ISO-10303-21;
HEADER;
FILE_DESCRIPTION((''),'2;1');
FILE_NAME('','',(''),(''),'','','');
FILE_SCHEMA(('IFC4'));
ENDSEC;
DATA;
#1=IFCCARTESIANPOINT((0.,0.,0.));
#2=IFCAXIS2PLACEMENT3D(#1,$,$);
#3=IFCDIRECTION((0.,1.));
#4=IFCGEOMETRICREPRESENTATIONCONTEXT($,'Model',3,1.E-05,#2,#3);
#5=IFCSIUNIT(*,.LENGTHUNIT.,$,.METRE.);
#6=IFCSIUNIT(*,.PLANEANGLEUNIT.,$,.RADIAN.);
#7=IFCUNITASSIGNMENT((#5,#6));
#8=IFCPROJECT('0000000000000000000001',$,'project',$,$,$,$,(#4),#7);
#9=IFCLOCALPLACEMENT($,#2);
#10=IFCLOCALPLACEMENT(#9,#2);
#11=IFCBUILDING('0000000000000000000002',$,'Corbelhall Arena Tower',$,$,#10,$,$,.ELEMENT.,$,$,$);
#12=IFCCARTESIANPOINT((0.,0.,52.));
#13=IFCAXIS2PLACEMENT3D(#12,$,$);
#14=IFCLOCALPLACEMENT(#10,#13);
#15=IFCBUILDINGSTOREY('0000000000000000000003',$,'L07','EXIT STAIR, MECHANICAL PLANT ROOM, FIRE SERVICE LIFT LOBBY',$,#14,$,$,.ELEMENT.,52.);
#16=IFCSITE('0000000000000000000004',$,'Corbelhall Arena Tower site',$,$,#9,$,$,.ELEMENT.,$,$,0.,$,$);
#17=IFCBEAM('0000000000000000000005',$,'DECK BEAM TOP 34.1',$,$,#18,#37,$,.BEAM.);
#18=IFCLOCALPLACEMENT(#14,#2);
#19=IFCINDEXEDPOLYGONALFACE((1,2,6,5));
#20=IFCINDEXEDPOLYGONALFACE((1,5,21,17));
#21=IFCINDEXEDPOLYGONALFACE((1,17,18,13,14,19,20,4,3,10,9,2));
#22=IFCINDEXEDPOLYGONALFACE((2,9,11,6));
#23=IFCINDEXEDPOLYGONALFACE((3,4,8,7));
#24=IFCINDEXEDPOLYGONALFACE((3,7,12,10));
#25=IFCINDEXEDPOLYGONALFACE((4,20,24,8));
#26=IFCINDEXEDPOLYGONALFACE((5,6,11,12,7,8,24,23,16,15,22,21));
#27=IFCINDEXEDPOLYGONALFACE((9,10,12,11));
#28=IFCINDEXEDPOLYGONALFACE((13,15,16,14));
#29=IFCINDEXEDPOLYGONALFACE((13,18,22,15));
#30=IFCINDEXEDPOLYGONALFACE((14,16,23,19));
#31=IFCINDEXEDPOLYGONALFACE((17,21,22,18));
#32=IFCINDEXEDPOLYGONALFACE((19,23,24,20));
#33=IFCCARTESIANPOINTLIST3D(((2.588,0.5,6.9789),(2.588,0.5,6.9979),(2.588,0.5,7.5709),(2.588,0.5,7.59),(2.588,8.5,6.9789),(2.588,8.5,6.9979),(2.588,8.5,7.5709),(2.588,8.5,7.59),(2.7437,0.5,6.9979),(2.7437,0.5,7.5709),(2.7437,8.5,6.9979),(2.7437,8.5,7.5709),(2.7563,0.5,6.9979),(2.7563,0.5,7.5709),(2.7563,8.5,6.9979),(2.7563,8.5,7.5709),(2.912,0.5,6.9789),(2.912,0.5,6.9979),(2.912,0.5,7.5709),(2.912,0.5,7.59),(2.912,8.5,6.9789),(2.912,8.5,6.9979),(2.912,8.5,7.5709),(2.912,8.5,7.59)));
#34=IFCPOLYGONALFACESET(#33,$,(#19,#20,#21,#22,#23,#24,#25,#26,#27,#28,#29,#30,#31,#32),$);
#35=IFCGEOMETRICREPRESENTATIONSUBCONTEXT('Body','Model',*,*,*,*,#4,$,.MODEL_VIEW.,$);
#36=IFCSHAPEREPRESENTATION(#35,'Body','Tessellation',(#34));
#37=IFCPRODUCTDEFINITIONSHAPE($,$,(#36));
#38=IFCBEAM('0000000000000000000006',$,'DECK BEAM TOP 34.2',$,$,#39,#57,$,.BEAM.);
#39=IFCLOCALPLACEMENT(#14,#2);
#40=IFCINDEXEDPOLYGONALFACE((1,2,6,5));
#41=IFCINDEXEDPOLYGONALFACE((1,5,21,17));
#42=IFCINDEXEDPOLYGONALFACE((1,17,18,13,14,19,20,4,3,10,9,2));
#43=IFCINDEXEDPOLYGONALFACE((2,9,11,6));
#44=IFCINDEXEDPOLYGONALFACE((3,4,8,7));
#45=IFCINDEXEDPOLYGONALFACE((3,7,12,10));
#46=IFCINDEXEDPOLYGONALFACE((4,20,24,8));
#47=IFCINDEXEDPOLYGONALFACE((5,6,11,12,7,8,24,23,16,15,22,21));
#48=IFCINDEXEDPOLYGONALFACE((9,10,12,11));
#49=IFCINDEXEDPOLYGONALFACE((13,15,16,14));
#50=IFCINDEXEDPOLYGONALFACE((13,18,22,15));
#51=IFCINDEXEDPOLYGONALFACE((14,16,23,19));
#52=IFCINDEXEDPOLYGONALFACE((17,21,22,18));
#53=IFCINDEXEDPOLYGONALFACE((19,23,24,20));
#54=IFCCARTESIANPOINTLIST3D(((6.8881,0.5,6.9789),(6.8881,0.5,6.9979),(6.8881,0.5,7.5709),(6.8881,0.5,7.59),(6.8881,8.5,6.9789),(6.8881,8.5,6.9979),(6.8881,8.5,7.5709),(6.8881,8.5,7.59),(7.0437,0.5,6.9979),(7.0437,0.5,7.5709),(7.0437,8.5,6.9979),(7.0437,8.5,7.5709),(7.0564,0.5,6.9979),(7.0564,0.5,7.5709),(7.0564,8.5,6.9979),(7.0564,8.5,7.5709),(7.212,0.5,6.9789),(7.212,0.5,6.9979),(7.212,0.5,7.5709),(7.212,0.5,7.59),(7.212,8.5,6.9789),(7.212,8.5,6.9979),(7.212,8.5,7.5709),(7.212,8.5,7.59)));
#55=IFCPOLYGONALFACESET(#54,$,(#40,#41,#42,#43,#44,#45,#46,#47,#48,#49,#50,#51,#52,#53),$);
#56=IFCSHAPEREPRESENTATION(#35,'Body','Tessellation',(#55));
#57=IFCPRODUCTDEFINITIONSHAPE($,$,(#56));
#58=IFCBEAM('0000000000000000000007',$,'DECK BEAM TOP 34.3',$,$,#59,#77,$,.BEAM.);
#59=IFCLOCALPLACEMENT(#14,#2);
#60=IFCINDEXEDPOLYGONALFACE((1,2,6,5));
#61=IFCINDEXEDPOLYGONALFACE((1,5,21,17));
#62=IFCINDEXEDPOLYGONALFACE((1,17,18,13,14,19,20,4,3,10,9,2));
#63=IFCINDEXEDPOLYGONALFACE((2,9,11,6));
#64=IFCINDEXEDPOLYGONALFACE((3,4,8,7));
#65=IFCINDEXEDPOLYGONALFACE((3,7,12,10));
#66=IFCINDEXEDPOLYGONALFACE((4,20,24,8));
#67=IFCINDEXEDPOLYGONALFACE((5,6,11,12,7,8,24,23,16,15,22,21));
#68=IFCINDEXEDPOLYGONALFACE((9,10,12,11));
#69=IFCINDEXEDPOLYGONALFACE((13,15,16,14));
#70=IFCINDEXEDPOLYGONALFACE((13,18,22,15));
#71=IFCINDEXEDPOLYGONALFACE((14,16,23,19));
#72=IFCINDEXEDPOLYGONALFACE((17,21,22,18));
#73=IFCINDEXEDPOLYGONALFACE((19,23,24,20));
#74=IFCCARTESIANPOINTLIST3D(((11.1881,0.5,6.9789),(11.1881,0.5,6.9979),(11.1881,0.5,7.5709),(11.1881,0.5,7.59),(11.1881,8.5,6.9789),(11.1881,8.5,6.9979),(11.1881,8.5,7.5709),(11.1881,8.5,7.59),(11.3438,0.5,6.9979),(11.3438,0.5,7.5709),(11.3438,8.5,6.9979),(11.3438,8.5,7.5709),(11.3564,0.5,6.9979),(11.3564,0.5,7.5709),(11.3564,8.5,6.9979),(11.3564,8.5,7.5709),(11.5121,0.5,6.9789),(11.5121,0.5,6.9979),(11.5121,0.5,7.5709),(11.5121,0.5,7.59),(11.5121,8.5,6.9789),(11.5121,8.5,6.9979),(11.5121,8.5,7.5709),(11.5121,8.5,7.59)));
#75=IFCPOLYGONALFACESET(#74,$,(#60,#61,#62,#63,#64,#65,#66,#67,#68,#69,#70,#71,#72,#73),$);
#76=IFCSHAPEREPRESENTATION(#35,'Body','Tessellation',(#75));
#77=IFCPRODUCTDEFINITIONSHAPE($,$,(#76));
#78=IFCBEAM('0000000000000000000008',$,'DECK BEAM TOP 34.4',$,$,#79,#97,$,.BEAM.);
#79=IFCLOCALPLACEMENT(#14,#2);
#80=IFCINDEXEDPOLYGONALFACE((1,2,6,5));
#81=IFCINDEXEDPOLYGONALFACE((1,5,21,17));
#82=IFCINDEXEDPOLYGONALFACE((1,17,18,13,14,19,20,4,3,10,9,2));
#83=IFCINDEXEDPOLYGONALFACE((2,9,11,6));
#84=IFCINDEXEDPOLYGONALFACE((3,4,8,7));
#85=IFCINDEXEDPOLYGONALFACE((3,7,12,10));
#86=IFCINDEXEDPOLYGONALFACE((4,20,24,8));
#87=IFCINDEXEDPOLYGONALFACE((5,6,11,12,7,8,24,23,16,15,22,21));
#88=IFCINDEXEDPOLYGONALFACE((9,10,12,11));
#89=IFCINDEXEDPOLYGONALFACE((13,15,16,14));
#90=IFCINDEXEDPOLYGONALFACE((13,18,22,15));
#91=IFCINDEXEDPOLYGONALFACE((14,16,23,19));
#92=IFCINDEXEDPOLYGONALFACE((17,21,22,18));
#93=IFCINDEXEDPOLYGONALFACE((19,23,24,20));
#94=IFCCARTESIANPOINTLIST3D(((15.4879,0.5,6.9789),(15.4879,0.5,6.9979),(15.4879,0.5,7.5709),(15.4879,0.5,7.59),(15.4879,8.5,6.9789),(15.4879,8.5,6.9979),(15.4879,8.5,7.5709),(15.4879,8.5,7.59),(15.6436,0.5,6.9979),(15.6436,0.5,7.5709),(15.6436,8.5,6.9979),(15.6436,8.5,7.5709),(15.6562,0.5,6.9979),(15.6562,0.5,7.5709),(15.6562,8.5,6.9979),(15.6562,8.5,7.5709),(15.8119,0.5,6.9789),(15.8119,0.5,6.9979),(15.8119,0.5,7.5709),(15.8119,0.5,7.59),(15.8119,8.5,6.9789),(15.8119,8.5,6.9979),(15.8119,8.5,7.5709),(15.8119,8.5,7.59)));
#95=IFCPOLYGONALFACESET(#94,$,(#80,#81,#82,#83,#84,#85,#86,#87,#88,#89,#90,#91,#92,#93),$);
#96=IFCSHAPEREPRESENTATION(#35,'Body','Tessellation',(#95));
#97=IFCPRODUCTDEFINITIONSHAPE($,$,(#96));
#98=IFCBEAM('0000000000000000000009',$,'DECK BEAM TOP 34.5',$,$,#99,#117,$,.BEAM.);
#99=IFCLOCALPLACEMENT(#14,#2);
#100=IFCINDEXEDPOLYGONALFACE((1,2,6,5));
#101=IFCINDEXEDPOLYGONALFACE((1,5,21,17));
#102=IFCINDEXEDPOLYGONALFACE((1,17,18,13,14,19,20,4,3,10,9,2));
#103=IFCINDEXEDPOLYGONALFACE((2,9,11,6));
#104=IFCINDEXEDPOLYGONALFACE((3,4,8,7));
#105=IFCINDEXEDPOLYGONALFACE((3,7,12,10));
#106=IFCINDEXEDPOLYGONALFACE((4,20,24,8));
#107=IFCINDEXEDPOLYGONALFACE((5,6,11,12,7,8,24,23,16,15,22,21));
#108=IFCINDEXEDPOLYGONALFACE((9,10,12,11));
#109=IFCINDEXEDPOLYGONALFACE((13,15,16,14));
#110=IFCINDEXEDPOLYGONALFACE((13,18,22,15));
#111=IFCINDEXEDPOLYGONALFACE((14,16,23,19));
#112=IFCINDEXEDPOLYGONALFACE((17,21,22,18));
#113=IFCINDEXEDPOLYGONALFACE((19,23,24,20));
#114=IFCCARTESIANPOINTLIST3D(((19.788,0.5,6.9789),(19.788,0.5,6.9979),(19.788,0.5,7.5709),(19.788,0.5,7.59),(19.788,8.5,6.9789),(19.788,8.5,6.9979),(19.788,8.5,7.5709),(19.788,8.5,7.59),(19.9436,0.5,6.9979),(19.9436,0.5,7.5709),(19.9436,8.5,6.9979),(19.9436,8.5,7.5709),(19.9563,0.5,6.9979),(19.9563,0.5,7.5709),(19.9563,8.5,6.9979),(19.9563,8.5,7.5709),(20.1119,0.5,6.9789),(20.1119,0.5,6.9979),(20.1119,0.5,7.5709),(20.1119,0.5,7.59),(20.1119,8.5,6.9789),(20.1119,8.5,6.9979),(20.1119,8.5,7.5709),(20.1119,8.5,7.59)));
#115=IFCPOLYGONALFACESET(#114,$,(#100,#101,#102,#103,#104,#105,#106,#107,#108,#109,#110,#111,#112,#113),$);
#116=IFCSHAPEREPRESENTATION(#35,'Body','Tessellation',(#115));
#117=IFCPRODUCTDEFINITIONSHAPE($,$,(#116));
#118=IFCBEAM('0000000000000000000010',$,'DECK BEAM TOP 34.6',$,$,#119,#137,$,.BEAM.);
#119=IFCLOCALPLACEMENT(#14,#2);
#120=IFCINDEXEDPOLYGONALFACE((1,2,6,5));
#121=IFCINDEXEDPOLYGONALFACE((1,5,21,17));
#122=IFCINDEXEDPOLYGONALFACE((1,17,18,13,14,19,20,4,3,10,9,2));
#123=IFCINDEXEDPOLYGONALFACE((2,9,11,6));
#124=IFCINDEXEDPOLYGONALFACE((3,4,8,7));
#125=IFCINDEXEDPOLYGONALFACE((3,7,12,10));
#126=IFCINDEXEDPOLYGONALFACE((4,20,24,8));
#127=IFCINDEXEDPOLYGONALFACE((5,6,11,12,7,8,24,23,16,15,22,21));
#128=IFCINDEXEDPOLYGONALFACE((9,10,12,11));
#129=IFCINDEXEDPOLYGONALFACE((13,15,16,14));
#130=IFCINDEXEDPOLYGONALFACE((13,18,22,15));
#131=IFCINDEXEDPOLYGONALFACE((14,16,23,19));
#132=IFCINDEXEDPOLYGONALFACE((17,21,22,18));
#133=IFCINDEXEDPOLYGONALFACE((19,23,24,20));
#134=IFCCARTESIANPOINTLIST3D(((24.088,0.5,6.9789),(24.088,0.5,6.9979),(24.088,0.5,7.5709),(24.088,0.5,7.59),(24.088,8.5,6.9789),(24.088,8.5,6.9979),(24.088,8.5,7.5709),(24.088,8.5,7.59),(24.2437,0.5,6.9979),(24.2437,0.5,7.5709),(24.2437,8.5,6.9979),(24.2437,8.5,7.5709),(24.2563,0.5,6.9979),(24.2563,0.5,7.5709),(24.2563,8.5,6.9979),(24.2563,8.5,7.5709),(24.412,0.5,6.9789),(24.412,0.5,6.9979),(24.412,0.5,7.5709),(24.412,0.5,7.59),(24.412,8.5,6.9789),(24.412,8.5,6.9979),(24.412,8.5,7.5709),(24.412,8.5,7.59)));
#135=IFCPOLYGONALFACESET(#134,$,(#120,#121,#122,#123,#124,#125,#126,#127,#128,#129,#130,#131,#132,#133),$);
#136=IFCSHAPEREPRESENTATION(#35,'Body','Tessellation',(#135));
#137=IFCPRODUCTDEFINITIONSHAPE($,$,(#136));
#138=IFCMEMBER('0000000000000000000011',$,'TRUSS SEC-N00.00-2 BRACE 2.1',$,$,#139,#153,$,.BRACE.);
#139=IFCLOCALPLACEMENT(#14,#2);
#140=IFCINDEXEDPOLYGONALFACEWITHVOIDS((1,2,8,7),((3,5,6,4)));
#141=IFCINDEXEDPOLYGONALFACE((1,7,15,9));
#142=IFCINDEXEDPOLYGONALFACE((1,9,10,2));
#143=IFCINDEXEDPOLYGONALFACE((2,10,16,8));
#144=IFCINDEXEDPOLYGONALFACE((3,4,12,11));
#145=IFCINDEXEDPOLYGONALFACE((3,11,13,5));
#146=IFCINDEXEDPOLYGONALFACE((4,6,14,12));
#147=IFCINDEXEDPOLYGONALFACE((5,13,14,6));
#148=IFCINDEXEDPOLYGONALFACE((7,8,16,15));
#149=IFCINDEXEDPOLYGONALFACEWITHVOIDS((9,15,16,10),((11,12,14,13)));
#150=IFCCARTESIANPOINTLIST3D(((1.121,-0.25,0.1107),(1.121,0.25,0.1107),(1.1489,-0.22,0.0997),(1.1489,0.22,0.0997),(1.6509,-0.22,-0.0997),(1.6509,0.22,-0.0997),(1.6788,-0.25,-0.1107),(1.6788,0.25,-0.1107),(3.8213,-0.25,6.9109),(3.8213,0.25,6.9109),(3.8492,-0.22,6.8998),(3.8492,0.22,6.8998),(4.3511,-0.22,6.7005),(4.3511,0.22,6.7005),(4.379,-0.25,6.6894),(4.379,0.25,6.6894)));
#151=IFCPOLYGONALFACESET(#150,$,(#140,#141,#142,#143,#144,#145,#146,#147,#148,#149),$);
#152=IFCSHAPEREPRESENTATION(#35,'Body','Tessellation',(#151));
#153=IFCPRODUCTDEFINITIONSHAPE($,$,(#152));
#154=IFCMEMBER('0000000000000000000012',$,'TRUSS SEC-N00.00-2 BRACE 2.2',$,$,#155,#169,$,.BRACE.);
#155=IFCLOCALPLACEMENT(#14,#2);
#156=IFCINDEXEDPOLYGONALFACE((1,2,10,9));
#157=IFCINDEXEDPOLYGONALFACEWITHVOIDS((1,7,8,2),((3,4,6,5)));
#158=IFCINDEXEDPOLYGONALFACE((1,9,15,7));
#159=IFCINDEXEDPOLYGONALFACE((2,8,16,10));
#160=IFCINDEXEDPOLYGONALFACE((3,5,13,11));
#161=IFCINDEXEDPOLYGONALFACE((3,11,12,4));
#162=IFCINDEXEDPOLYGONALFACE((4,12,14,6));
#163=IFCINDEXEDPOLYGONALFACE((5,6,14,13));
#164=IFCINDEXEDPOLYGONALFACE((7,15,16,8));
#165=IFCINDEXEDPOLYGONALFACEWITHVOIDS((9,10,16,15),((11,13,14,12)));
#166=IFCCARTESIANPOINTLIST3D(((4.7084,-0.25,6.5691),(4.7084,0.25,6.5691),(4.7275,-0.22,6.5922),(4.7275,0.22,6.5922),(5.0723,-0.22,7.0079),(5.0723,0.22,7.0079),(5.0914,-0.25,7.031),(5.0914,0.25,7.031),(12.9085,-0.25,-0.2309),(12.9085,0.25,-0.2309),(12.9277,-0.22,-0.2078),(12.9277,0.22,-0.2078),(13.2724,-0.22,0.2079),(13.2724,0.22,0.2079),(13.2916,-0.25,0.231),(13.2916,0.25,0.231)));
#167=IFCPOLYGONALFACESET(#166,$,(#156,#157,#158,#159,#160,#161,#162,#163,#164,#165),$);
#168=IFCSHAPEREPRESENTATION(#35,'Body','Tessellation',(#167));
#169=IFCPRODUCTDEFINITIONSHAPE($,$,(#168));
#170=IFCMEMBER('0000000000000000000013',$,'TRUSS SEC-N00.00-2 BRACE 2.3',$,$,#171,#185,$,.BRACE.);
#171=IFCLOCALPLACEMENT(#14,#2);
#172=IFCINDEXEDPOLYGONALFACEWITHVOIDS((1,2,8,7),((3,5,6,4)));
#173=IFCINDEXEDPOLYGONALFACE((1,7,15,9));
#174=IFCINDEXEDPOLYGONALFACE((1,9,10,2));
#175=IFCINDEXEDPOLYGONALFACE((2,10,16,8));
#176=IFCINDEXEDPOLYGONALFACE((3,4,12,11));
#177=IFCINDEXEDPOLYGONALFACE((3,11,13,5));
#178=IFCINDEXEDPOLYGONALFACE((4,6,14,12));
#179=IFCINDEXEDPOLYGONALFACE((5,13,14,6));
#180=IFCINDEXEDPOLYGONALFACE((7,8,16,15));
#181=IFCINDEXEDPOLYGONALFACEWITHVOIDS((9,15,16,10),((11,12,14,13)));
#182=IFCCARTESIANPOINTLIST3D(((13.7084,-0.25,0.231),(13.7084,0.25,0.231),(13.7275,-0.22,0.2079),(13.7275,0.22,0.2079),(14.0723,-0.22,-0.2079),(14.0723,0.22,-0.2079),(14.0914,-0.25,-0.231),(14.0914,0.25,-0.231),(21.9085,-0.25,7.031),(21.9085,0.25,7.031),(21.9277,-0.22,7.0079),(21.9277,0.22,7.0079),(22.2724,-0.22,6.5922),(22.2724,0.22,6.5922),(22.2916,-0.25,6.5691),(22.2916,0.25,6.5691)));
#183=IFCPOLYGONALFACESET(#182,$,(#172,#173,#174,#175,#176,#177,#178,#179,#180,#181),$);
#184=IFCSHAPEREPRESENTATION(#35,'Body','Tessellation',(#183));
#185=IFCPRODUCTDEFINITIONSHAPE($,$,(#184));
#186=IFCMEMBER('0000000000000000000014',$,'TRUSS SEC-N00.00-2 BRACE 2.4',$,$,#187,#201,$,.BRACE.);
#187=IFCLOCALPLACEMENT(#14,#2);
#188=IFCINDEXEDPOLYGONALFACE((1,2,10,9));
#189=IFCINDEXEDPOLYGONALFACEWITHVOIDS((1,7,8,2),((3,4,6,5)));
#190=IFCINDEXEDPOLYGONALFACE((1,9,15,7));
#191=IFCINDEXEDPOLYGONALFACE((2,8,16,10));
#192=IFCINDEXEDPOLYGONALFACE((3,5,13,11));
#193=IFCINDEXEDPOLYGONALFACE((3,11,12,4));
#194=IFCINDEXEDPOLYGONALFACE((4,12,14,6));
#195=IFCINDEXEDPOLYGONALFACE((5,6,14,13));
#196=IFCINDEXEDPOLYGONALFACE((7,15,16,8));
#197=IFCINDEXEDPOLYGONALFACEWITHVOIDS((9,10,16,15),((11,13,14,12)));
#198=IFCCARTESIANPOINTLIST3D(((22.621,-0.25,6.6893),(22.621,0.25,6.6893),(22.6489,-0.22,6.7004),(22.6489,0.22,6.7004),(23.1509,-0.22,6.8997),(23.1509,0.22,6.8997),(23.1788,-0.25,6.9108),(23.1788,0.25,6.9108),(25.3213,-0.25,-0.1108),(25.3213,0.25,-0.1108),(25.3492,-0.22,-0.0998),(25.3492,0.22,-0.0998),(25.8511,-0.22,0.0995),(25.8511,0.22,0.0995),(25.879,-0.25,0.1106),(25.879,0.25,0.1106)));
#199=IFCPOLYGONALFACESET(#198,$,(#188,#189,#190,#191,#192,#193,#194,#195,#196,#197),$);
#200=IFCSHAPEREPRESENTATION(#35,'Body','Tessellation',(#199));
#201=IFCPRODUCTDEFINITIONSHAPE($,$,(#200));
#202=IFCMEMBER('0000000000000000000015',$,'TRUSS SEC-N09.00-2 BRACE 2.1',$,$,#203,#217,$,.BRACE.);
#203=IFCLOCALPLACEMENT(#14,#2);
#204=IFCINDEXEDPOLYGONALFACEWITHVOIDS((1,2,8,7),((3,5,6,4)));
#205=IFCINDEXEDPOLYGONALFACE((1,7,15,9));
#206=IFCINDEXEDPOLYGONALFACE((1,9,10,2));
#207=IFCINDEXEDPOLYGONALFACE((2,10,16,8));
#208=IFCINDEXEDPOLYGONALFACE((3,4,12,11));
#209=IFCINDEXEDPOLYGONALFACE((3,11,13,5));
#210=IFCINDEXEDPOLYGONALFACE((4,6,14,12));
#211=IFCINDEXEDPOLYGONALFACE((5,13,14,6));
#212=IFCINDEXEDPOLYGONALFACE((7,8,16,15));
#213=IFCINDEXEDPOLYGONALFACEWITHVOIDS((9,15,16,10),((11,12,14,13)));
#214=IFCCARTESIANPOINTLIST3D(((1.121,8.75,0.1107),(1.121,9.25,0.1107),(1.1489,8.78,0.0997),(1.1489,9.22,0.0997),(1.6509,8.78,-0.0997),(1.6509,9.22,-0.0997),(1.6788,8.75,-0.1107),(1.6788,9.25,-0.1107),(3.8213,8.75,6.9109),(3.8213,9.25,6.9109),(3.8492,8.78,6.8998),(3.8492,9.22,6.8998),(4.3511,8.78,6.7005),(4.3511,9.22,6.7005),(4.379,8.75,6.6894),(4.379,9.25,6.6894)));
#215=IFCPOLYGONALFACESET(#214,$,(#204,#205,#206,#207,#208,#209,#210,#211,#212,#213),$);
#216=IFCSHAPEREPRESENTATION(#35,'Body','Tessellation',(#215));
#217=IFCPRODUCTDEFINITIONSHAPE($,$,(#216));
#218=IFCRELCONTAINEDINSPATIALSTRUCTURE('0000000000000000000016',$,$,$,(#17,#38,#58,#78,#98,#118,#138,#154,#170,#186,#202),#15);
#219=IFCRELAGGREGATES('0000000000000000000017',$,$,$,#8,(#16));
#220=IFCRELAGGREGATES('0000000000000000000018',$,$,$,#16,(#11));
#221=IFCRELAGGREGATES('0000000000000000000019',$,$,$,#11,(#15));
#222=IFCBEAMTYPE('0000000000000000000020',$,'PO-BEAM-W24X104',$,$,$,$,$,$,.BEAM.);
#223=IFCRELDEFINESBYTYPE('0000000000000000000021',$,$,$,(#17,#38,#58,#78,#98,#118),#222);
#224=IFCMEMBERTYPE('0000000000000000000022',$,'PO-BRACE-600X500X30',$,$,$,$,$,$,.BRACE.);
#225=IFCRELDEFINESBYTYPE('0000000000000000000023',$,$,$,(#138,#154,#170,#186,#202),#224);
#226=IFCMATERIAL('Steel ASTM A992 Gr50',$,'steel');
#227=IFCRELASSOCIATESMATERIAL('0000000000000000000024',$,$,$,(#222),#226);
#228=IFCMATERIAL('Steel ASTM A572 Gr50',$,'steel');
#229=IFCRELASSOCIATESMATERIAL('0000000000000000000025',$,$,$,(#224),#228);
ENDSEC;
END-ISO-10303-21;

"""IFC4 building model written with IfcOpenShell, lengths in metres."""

from ifc_helpers import new_model, si_unit, direction, frame, origin, origin_2d, place, context, subcontext, project, spatial, hollow_rectangle, i_section, extrude, material, material_profile, profile_set, type_object, element, save


model = new_model("IFC4")

# Units and contexts
model_context = context("Model", 3, precision=1e-05, world=origin(), true_north=direction((0.0, 1.0)))
body_context = subcontext(model_context, "Body", "Model", "MODEL_VIEW")
ifc_project = project(units=[si_unit("LENGTHUNIT", "METRE"), si_unit("PLANEANGLEUNIT", "RADIAN")], contexts=[model_context])

# Site, building, storey
site_placement = place(None, origin())
site = spatial("IfcSite", under=ifc_project, at=site_placement, Name="Corbelhall Arena Tower site", CompositionType="ELEMENT", RefElevation=0.0)
building_placement = place(site_placement, origin())
building = spatial("IfcBuilding", under=site, at=building_placement, Name="Corbelhall Arena Tower", CompositionType="ELEMENT")
storey_placement = place(building_placement, frame((0.0, 0.0, 52.0)))
storey = spatial("IfcBuildingStorey", under=building, at=storey_placement, Name="L07", Description="EXIT STAIR, MECHANICAL PLANT ROOM, FIRE SERVICE LIFT LOBBY", CompositionType="ELEMENT", Elevation=52.0)

# Beams
ifc_material_1 = material(Name="Steel ASTM A992 Gr50", Category="steel")
ifc_material_profile_1 = material_profile(ifc_material_1, i_section(OverallWidth=0.324, OverallDepth=0.6111, WebThickness=0.0127, FlangeThickness=0.019, at=origin_2d()))
ifc_profile_set_1 = profile_set([ifc_material_profile_1], Name="Steel ASTM A992 Gr50")
beam_type = type_object("IfcBeamType", Name="PO-BEAM-W24X104", PredefinedType="BEAM", material=ifc_profile_set_1)
for number, where, z_axis, x_axis, name in (
    (1, (2.75, 0.5, 7.2844), (0.0, 1.0, 0.0), (-1.0, 0.0, 0.0), "DECK BEAM TOP 34.1"),
    (2, (7.05, 0.5, 7.2844), (0.0, 1.0, 0.0), (-1.0, 0.0, 0.0), "DECK BEAM TOP 34.2"),
    (3, (11.3501, 0.5, 7.2844), (0.0, 1.0, 0.0), (-1.0, 0.0, 0.0), "DECK BEAM TOP 34.3"),
    (4, (15.6499, 0.5, 7.2844), (0.0, 1.0, 0.0), (-1.0, 0.0, 0.0), "DECK BEAM TOP 34.4"),
    (5, (19.95, 0.5, 7.2844), (0.0, 1.0, 0.0), (-1.0, 0.0, 0.0), "DECK BEAM TOP 34.5"),
    (6, (24.25, 0.5, 7.2844), (0.0, 1.0, 0.0), (-1.0, 0.0, 0.0), "DECK BEAM TOP 34.6"),
):
    element("IfcBeam", number, at=place(storey_placement, frame(where, z_axis=z_axis, x_axis=x_axis)), inside=storey, type_object=beam_type, Name=name, PredefinedType="BEAM", context=body_context, shape_type="SweptSolid", body=[
        extrude(i_section(OverallWidth=0.324, OverallDepth=0.6111, WebThickness=0.0127, FlangeThickness=0.019, at=origin_2d()), origin(), (0.0, 0.0, 1.0), 8.0),
    ])

# Members
ifc_material_2 = material(Name="Steel ASTM A572 Gr50", Category="steel")
ifc_material_profile_2 = material_profile(ifc_material_2, hollow_rectangle(XDim=0.5, YDim=0.6001, WallThickness=0.03, at=origin_2d()))
ifc_profile_set_2 = profile_set([ifc_material_profile_2], Name="Steel ASTM A572 Gr50")
member_type_1 = type_object("IfcMemberType", Name="PO-BRACE-600X500X30", PredefinedType="BRACE", material=ifc_profile_set_2)
member_placement = place(storey_placement, frame((1.3999, 0.0, 0.0), z_axis=(0.369054, 0.0, 0.929408), x_axis=(0.0, 1.0, 0.0)))
element("IfcMember", 7, at=member_placement, inside=storey, type_object=member_type_1, Name="TRUSS SEC-N00.00-2 BRACE 2.1", PredefinedType="BRACE", context=body_context, shape_type="SweptSolid", body=[
    extrude(hollow_rectangle(XDim=0.5, YDim=0.6001, WallThickness=0.03, at=origin_2d()), origin(), (0.0, 0.0, 1.0), 7.3167),
])
for number, where, z_axis, x_axis, name in (
    (8, (4.8999, 0.0, 6.8), (0.769763, 0.0, -0.63833), (0.0, 1.0, 0.0), "TRUSS SEC-N00.00-2 BRACE 2.2"),
    (9, (13.8999, 0.0, 0.0), (0.769763, 0.0, 0.63833), (0.0, 1.0, 0.0), "TRUSS SEC-N00.00-2 BRACE 2.3"),
):
    element("IfcMember", number, at=place(storey_placement, frame(where, z_axis=z_axis, x_axis=x_axis)), inside=storey, type_object=member_type_1, Name=name, PredefinedType="BRACE", context=body_context, shape_type="SweptSolid", body=[
        extrude(hollow_rectangle(XDim=0.5, YDim=0.6001, WallThickness=0.03, at=origin_2d()), origin(), (0.0, 0.0, 1.0), 10.6528),
    ])
for number, where, z_axis, x_axis, name in (
    (10, (22.8999, 0.0, 6.8), (0.369054, 0.0, -0.929408), (0.0, 1.0, 0.0), "TRUSS SEC-N00.00-2 BRACE 2.4"),
    (11, (1.3999, 9.0, 0.0), (0.369054, 0.0, 0.929408), (0.0, 1.0, 0.0), "TRUSS SEC-N09.00-2 BRACE 2.1"),
):
    element("IfcMember", number, at=place(storey_placement, frame(where, z_axis=z_axis, x_axis=x_axis)), inside=storey, type_object=member_type_1, Name=name, PredefinedType="BRACE", context=body_context, shape_type="SweptSolid", body=[
        extrude(hollow_rectangle(XDim=0.5, YDim=0.6001, WallThickness=0.03, at=origin_2d()), origin(), (0.0, 0.0, 1.0), 7.3167),
    ])

save(model, "model.ifc")
